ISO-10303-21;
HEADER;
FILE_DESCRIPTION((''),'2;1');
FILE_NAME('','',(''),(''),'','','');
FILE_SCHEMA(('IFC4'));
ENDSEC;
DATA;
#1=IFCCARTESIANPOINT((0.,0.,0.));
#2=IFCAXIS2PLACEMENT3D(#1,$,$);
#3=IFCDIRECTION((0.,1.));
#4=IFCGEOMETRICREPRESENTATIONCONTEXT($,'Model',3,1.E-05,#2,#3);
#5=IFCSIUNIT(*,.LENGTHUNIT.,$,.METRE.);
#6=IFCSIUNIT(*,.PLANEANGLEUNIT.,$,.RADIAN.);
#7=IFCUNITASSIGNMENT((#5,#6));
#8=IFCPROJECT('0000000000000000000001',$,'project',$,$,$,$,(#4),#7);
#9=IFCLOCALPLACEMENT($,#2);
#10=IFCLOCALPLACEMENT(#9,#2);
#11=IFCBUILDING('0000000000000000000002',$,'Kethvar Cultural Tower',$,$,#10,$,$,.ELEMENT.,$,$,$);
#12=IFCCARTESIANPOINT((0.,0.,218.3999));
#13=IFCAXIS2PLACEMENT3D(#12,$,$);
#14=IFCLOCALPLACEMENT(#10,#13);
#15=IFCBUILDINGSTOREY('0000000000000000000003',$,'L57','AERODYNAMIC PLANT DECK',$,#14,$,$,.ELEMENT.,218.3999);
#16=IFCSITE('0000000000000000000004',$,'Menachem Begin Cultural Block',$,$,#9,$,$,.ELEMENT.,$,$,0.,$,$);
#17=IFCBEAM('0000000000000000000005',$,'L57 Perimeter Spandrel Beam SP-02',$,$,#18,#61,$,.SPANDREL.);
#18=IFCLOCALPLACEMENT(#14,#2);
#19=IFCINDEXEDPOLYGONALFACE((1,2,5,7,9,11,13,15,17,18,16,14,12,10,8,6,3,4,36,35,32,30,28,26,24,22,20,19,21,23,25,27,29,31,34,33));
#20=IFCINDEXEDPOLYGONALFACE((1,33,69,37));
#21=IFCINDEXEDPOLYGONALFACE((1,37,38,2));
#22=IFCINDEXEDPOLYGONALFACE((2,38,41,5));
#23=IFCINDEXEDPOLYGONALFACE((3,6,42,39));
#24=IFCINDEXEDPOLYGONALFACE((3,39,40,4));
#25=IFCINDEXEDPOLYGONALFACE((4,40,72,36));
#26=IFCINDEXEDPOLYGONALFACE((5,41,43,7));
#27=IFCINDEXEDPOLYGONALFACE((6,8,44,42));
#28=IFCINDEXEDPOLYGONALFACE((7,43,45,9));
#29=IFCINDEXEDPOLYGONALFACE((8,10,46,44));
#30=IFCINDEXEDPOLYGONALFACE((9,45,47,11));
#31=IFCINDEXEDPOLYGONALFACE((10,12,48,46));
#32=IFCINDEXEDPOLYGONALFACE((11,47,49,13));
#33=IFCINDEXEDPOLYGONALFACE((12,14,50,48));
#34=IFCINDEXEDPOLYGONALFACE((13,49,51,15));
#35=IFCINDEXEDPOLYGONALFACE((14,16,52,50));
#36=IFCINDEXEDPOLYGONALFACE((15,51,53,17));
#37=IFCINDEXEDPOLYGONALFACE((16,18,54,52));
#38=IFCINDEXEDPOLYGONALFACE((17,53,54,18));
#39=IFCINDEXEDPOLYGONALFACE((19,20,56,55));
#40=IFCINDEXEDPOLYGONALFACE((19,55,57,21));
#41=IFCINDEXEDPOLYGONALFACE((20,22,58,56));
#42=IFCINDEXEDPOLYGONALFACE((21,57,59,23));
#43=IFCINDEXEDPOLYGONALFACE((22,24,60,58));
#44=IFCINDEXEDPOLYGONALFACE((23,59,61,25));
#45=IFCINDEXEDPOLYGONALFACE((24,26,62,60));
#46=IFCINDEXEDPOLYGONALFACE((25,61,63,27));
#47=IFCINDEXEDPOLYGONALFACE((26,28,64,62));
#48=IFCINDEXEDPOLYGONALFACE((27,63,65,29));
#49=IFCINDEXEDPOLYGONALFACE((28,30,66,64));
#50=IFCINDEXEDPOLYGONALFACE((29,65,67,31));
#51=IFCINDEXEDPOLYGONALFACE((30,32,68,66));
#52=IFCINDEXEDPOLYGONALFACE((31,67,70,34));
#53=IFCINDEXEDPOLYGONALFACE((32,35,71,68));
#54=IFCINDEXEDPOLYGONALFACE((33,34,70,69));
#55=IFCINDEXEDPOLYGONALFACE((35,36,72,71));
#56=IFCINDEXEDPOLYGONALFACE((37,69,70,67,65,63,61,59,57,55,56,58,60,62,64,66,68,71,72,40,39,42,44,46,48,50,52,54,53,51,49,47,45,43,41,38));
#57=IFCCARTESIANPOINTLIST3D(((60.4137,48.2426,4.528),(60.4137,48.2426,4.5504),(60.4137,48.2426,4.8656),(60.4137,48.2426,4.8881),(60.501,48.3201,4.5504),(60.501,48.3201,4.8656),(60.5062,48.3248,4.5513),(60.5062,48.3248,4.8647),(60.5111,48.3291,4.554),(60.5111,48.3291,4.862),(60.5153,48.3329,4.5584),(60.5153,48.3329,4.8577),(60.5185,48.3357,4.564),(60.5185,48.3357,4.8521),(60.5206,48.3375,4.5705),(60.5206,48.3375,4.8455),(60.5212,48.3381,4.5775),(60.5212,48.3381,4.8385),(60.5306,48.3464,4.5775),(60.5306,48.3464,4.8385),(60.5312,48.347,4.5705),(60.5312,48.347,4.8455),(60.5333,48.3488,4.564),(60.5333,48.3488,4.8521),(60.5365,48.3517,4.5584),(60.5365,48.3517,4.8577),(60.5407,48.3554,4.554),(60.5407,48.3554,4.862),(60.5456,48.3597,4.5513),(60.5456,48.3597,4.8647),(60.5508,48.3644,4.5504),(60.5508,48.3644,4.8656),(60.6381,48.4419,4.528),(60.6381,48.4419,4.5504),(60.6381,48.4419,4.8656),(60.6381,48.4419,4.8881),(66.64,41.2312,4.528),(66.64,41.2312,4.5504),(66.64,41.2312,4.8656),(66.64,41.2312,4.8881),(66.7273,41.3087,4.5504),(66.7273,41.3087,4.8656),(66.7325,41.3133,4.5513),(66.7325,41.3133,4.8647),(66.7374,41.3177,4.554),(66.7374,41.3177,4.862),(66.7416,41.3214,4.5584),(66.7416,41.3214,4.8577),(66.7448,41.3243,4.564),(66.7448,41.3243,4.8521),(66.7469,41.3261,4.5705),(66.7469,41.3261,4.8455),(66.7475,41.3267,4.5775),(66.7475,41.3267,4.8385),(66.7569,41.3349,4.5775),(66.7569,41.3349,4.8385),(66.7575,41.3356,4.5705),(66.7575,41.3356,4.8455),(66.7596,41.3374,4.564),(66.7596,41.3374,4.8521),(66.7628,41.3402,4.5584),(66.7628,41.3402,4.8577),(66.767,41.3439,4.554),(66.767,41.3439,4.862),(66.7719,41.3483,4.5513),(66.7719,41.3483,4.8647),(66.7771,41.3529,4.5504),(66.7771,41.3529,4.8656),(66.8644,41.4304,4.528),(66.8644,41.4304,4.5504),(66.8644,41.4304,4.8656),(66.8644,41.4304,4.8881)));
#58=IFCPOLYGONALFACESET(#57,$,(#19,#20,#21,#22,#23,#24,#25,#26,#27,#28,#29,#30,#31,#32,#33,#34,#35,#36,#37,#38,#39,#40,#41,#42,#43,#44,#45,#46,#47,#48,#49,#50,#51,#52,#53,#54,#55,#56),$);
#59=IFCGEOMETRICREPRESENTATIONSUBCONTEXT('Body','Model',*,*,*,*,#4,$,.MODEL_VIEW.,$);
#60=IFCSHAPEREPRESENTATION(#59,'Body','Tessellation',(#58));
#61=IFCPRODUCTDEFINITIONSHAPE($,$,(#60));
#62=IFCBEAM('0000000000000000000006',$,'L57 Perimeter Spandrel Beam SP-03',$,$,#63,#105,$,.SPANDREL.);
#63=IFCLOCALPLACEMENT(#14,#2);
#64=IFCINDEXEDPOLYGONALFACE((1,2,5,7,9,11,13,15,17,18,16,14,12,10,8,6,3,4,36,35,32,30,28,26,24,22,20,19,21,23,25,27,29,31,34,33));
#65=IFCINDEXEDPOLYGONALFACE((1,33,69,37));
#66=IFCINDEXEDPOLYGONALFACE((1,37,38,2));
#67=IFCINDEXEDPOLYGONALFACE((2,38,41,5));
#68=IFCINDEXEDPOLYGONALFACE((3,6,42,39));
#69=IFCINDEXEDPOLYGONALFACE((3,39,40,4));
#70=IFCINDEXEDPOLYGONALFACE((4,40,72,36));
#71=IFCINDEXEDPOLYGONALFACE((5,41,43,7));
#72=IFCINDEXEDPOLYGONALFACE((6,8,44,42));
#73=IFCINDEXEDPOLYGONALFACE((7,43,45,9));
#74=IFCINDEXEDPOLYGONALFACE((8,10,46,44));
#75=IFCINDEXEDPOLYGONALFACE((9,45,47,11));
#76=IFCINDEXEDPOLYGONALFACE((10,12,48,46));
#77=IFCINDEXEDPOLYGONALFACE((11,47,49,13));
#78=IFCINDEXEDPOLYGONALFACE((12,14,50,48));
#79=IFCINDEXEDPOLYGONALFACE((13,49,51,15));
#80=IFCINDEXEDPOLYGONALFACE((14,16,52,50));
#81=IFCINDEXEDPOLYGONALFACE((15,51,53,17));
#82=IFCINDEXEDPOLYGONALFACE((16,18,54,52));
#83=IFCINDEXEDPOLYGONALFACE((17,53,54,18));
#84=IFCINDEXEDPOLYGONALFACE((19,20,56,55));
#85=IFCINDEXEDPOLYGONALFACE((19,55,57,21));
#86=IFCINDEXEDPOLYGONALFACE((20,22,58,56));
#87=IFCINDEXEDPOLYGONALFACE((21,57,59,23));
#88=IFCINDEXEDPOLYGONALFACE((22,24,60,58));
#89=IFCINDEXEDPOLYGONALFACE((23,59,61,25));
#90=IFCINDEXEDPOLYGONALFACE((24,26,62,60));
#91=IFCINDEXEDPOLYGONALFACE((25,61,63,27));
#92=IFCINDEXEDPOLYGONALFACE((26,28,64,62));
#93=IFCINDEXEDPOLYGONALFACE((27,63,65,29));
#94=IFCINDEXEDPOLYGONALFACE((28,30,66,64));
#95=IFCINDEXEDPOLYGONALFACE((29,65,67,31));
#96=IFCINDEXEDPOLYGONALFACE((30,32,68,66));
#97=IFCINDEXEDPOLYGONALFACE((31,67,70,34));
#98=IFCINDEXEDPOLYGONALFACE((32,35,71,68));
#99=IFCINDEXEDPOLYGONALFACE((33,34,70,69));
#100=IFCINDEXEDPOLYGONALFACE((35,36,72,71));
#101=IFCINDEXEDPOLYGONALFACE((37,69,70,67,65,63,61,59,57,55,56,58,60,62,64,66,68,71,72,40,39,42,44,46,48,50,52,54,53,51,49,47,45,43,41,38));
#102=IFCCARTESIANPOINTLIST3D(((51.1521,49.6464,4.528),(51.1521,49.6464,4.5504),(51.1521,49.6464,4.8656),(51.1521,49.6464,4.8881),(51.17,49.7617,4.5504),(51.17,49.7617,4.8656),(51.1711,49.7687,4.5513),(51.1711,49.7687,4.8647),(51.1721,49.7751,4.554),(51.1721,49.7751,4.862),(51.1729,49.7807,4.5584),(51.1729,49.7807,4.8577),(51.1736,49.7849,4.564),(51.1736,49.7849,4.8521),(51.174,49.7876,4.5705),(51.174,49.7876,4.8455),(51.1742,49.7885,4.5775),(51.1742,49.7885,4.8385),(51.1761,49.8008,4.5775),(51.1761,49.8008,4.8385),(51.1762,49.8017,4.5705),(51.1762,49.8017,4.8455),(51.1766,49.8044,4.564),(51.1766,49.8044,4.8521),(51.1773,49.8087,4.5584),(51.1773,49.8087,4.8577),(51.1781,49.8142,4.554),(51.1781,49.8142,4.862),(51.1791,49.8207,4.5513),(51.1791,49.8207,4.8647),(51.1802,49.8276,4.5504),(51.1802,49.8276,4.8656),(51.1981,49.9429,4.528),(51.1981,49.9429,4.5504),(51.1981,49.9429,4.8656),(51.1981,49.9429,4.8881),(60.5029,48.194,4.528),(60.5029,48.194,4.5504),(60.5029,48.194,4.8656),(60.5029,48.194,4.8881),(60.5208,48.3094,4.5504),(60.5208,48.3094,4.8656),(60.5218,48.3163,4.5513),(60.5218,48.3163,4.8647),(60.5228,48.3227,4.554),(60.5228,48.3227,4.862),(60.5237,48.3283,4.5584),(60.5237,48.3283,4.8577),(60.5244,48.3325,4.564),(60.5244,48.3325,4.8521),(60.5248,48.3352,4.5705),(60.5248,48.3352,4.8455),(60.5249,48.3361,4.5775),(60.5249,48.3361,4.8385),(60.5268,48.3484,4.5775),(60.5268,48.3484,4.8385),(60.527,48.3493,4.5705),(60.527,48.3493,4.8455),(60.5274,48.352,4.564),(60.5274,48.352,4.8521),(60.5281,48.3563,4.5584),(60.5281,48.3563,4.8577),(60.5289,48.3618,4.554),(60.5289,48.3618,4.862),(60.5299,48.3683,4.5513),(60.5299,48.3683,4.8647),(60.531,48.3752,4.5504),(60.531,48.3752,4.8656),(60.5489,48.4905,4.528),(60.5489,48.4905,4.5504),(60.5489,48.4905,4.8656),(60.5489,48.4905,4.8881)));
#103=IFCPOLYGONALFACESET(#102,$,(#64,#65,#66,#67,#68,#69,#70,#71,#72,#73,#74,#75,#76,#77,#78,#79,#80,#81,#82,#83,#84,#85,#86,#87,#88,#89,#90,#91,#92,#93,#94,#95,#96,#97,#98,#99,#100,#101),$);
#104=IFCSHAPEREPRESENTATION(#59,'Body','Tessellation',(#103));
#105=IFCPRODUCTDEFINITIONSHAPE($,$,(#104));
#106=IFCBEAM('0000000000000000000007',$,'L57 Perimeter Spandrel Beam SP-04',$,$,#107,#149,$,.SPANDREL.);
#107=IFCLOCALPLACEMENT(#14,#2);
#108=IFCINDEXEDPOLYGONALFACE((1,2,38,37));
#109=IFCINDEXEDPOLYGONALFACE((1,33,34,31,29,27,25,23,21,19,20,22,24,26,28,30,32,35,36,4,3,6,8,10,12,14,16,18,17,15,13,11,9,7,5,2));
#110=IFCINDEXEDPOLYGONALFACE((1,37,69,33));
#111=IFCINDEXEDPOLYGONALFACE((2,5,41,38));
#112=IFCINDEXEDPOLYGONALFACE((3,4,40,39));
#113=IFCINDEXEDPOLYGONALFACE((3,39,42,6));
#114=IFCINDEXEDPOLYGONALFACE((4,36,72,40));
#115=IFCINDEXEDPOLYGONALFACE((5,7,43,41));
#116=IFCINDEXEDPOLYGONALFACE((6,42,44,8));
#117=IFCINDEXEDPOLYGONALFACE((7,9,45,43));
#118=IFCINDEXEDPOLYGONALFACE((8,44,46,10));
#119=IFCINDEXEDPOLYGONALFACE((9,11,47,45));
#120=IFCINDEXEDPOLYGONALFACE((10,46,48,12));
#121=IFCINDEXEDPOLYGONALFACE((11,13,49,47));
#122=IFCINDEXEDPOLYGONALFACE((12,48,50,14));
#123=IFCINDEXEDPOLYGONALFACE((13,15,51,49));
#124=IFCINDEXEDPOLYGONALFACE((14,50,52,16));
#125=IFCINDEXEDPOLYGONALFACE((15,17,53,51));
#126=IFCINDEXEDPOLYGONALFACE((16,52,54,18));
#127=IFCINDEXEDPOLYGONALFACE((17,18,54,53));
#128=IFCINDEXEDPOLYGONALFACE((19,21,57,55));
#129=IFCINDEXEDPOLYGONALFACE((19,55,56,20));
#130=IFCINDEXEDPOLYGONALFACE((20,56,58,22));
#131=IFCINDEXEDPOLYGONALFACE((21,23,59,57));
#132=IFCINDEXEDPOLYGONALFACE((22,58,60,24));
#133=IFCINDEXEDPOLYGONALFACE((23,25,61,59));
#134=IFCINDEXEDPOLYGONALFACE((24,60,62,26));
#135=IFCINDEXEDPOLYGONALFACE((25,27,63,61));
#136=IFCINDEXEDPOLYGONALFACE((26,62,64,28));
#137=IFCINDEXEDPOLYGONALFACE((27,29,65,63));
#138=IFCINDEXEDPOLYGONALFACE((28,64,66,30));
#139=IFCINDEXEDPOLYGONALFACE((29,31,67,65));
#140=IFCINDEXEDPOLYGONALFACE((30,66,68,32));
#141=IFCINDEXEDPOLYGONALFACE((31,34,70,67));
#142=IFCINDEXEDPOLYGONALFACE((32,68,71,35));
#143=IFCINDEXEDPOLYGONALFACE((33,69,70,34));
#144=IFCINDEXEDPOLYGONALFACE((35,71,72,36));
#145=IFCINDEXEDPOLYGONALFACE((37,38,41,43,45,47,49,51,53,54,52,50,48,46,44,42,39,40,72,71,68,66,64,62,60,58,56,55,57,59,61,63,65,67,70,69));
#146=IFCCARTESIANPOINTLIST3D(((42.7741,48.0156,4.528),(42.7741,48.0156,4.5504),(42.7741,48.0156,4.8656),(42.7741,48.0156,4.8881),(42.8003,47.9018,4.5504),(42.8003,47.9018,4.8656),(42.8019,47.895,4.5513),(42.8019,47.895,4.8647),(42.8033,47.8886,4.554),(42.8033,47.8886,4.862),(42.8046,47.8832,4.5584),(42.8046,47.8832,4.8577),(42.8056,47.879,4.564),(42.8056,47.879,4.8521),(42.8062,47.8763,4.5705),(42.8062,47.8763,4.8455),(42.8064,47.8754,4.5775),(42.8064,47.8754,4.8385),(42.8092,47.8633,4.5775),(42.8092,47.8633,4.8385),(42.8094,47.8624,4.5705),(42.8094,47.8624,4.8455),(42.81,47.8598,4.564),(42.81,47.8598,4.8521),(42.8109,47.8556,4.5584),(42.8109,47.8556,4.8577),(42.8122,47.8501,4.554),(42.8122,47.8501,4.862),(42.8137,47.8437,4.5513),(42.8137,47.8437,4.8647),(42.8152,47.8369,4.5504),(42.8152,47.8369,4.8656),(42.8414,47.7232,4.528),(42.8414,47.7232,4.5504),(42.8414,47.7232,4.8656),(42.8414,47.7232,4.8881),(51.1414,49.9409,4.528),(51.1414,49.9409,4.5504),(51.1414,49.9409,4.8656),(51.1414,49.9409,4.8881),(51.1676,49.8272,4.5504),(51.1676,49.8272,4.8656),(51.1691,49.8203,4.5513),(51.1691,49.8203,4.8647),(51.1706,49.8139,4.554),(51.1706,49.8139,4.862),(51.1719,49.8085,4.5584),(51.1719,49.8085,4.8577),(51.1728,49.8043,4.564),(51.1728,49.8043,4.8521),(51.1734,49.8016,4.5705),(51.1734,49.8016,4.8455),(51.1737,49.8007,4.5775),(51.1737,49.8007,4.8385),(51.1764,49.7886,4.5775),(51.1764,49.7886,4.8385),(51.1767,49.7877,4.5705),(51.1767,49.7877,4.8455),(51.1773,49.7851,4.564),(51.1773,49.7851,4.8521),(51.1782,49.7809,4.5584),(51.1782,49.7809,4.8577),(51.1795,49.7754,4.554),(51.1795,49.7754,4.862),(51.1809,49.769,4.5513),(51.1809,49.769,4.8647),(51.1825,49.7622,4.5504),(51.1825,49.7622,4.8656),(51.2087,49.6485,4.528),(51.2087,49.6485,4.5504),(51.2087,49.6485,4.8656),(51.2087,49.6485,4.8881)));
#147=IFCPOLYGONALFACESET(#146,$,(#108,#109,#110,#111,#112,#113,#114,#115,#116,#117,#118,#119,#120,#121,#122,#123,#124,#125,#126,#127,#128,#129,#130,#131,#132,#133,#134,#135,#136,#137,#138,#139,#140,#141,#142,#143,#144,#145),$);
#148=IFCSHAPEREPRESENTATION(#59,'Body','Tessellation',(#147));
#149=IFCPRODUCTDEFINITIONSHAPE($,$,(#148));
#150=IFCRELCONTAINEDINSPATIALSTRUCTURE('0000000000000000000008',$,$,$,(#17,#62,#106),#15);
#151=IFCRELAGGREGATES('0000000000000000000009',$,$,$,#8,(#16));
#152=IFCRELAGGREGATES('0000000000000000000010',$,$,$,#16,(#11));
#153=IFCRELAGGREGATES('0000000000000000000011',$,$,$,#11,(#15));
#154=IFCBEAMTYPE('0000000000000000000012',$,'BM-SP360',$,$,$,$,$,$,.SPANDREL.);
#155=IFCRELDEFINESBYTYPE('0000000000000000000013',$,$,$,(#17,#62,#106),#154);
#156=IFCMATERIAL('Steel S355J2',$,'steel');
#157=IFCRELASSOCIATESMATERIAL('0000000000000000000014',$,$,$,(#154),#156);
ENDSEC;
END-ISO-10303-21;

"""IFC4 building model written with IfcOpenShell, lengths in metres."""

from ifc_helpers import new_model, si_unit, direction, frame, origin, origin_2d, place, context, subcontext, project, spatial, i_section, extrude, source, transform, mapped, material, material_profile, profile_set, type_object, element, save


model = new_model("IFC4")

# Units and contexts
model_context = context("Model", 3, precision=1e-05, world=origin(), true_north=direction((0.0, 1.0)))
body_context = subcontext(model_context, "Body", "Model", "MODEL_VIEW")
ifc_project = project(units=[si_unit("LENGTHUNIT", "METRE"), si_unit("PLANEANGLEUNIT", "RADIAN")], contexts=[model_context])

# Site, building, storey
site_placement = place(None, origin())
site = spatial("IfcSite", under=ifc_project, at=site_placement, Name="Menachem Begin Cultural Block", CompositionType="ELEMENT", RefElevation=0.0)
building_placement = place(site_placement, origin())
building = spatial("IfcBuilding", under=site, at=building_placement, Name="Kethvar Cultural Tower", CompositionType="ELEMENT")
storey_placement = place(building_placement, frame((0.0, 0.0, 218.3999)))
storey = spatial("IfcBuildingStorey", under=building, at=storey_placement, Name="L57", Description="AERODYNAMIC PLANT DECK", CompositionType="ELEMENT", Elevation=218.3999)

# Beams
ifc_material_1 = material(Name="Steel S355J2", Category="steel")
ifc_material_profile_1 = material_profile(ifc_material_1, i_section(OverallWidth=0.3, OverallDepth=0.3601, WebThickness=0.0125, FlangeThickness=0.0225, FilletRadius=0.0271, at=origin_2d()), Name="Steel S355J2 — HEB360")
ifc_profile_set_1 = profile_set([ifc_material_profile_1], Name="Steel S355J2 — HEB360")
beam_type_1 = type_object("IfcBeamType", Name="BM-SP360", PredefinedType="SPANDREL", material=ifc_profile_set_1)
shared_shape_1 = source(origin(), body_context, "Body", "SweptSolid", [
    extrude(i_section(OverallWidth=0.3, OverallDepth=0.3601, WebThickness=0.0125, FlangeThickness=0.0225, FilletRadius=0.0271, at=origin_2d()), origin(), (0.0, 0.0, 1.0), 9.377),
])
beam_1_placement = place(storey_placement, frame((66.7522, 41.3308, 4.708), z_axis=(-0.664, 0.747732, 0.0), x_axis=(-0.747732, -0.664, 0.0)))
element("IfcBeam", 1, at=beam_1_placement, inside=storey, type_object=beam_type_1, Name="L57 Perimeter Spandrel Beam SP-02", PredefinedType="SPANDREL", context=body_context, shape_type="MappedRepresentation", body=[
    mapped(shared_shape_1, transform((0.0, 0.0, 0.0), scale=1.0)),
])
shared_shape_2 = source(origin(), body_context, "Body", "SweptSolid", [
    extrude(i_section(OverallWidth=0.3, OverallDepth=0.3601, WebThickness=0.0125, FlangeThickness=0.0225, FilletRadius=0.0271, at=origin_2d()), origin(), (0.0, 0.0, 1.0), 9.4629),
])
beam_2_placement = place(storey_placement, frame((60.5259, 48.3423, 4.708), z_axis=(-0.988151, 0.153482, 0.0), x_axis=(-0.153482, -0.988151, 0.0)))
element("IfcBeam", 2, at=beam_2_placement, inside=storey, type_object=beam_type_1, Name="L57 Perimeter Spandrel Beam SP-03", PredefinedType="SPANDREL", context=body_context, shape_type="MappedRepresentation", body=[
    mapped(shared_shape_2, transform((0.0, 0.0, 0.0), scale=1.0)),
])
shared_shape_3 = source(origin(), body_context, "Body", "SweptSolid", [
    extrude(i_section(OverallWidth=0.3, OverallDepth=0.3601, WebThickness=0.0125, FlangeThickness=0.0225, FilletRadius=0.0271, at=origin_2d()), origin(), (0.0, 0.0, 1.0), 8.5859),
])
beam_3_placement = place(storey_placement, frame((51.175, 49.7947, 4.708), z_axis=(-0.974534, -0.224241, 0.0), x_axis=(0.224241, -0.974534, 0.0)))
element("IfcBeam", 3, at=beam_3_placement, inside=storey, type_object=beam_type_1, Name="L57 Perimeter Spandrel Beam SP-04", PredefinedType="SPANDREL", context=body_context, shape_type="MappedRepresentation", body=[
    mapped(shared_shape_3, transform((0.0, 0.0, 0.0), scale=1.0)),
])

save(model, "model.ifc")
